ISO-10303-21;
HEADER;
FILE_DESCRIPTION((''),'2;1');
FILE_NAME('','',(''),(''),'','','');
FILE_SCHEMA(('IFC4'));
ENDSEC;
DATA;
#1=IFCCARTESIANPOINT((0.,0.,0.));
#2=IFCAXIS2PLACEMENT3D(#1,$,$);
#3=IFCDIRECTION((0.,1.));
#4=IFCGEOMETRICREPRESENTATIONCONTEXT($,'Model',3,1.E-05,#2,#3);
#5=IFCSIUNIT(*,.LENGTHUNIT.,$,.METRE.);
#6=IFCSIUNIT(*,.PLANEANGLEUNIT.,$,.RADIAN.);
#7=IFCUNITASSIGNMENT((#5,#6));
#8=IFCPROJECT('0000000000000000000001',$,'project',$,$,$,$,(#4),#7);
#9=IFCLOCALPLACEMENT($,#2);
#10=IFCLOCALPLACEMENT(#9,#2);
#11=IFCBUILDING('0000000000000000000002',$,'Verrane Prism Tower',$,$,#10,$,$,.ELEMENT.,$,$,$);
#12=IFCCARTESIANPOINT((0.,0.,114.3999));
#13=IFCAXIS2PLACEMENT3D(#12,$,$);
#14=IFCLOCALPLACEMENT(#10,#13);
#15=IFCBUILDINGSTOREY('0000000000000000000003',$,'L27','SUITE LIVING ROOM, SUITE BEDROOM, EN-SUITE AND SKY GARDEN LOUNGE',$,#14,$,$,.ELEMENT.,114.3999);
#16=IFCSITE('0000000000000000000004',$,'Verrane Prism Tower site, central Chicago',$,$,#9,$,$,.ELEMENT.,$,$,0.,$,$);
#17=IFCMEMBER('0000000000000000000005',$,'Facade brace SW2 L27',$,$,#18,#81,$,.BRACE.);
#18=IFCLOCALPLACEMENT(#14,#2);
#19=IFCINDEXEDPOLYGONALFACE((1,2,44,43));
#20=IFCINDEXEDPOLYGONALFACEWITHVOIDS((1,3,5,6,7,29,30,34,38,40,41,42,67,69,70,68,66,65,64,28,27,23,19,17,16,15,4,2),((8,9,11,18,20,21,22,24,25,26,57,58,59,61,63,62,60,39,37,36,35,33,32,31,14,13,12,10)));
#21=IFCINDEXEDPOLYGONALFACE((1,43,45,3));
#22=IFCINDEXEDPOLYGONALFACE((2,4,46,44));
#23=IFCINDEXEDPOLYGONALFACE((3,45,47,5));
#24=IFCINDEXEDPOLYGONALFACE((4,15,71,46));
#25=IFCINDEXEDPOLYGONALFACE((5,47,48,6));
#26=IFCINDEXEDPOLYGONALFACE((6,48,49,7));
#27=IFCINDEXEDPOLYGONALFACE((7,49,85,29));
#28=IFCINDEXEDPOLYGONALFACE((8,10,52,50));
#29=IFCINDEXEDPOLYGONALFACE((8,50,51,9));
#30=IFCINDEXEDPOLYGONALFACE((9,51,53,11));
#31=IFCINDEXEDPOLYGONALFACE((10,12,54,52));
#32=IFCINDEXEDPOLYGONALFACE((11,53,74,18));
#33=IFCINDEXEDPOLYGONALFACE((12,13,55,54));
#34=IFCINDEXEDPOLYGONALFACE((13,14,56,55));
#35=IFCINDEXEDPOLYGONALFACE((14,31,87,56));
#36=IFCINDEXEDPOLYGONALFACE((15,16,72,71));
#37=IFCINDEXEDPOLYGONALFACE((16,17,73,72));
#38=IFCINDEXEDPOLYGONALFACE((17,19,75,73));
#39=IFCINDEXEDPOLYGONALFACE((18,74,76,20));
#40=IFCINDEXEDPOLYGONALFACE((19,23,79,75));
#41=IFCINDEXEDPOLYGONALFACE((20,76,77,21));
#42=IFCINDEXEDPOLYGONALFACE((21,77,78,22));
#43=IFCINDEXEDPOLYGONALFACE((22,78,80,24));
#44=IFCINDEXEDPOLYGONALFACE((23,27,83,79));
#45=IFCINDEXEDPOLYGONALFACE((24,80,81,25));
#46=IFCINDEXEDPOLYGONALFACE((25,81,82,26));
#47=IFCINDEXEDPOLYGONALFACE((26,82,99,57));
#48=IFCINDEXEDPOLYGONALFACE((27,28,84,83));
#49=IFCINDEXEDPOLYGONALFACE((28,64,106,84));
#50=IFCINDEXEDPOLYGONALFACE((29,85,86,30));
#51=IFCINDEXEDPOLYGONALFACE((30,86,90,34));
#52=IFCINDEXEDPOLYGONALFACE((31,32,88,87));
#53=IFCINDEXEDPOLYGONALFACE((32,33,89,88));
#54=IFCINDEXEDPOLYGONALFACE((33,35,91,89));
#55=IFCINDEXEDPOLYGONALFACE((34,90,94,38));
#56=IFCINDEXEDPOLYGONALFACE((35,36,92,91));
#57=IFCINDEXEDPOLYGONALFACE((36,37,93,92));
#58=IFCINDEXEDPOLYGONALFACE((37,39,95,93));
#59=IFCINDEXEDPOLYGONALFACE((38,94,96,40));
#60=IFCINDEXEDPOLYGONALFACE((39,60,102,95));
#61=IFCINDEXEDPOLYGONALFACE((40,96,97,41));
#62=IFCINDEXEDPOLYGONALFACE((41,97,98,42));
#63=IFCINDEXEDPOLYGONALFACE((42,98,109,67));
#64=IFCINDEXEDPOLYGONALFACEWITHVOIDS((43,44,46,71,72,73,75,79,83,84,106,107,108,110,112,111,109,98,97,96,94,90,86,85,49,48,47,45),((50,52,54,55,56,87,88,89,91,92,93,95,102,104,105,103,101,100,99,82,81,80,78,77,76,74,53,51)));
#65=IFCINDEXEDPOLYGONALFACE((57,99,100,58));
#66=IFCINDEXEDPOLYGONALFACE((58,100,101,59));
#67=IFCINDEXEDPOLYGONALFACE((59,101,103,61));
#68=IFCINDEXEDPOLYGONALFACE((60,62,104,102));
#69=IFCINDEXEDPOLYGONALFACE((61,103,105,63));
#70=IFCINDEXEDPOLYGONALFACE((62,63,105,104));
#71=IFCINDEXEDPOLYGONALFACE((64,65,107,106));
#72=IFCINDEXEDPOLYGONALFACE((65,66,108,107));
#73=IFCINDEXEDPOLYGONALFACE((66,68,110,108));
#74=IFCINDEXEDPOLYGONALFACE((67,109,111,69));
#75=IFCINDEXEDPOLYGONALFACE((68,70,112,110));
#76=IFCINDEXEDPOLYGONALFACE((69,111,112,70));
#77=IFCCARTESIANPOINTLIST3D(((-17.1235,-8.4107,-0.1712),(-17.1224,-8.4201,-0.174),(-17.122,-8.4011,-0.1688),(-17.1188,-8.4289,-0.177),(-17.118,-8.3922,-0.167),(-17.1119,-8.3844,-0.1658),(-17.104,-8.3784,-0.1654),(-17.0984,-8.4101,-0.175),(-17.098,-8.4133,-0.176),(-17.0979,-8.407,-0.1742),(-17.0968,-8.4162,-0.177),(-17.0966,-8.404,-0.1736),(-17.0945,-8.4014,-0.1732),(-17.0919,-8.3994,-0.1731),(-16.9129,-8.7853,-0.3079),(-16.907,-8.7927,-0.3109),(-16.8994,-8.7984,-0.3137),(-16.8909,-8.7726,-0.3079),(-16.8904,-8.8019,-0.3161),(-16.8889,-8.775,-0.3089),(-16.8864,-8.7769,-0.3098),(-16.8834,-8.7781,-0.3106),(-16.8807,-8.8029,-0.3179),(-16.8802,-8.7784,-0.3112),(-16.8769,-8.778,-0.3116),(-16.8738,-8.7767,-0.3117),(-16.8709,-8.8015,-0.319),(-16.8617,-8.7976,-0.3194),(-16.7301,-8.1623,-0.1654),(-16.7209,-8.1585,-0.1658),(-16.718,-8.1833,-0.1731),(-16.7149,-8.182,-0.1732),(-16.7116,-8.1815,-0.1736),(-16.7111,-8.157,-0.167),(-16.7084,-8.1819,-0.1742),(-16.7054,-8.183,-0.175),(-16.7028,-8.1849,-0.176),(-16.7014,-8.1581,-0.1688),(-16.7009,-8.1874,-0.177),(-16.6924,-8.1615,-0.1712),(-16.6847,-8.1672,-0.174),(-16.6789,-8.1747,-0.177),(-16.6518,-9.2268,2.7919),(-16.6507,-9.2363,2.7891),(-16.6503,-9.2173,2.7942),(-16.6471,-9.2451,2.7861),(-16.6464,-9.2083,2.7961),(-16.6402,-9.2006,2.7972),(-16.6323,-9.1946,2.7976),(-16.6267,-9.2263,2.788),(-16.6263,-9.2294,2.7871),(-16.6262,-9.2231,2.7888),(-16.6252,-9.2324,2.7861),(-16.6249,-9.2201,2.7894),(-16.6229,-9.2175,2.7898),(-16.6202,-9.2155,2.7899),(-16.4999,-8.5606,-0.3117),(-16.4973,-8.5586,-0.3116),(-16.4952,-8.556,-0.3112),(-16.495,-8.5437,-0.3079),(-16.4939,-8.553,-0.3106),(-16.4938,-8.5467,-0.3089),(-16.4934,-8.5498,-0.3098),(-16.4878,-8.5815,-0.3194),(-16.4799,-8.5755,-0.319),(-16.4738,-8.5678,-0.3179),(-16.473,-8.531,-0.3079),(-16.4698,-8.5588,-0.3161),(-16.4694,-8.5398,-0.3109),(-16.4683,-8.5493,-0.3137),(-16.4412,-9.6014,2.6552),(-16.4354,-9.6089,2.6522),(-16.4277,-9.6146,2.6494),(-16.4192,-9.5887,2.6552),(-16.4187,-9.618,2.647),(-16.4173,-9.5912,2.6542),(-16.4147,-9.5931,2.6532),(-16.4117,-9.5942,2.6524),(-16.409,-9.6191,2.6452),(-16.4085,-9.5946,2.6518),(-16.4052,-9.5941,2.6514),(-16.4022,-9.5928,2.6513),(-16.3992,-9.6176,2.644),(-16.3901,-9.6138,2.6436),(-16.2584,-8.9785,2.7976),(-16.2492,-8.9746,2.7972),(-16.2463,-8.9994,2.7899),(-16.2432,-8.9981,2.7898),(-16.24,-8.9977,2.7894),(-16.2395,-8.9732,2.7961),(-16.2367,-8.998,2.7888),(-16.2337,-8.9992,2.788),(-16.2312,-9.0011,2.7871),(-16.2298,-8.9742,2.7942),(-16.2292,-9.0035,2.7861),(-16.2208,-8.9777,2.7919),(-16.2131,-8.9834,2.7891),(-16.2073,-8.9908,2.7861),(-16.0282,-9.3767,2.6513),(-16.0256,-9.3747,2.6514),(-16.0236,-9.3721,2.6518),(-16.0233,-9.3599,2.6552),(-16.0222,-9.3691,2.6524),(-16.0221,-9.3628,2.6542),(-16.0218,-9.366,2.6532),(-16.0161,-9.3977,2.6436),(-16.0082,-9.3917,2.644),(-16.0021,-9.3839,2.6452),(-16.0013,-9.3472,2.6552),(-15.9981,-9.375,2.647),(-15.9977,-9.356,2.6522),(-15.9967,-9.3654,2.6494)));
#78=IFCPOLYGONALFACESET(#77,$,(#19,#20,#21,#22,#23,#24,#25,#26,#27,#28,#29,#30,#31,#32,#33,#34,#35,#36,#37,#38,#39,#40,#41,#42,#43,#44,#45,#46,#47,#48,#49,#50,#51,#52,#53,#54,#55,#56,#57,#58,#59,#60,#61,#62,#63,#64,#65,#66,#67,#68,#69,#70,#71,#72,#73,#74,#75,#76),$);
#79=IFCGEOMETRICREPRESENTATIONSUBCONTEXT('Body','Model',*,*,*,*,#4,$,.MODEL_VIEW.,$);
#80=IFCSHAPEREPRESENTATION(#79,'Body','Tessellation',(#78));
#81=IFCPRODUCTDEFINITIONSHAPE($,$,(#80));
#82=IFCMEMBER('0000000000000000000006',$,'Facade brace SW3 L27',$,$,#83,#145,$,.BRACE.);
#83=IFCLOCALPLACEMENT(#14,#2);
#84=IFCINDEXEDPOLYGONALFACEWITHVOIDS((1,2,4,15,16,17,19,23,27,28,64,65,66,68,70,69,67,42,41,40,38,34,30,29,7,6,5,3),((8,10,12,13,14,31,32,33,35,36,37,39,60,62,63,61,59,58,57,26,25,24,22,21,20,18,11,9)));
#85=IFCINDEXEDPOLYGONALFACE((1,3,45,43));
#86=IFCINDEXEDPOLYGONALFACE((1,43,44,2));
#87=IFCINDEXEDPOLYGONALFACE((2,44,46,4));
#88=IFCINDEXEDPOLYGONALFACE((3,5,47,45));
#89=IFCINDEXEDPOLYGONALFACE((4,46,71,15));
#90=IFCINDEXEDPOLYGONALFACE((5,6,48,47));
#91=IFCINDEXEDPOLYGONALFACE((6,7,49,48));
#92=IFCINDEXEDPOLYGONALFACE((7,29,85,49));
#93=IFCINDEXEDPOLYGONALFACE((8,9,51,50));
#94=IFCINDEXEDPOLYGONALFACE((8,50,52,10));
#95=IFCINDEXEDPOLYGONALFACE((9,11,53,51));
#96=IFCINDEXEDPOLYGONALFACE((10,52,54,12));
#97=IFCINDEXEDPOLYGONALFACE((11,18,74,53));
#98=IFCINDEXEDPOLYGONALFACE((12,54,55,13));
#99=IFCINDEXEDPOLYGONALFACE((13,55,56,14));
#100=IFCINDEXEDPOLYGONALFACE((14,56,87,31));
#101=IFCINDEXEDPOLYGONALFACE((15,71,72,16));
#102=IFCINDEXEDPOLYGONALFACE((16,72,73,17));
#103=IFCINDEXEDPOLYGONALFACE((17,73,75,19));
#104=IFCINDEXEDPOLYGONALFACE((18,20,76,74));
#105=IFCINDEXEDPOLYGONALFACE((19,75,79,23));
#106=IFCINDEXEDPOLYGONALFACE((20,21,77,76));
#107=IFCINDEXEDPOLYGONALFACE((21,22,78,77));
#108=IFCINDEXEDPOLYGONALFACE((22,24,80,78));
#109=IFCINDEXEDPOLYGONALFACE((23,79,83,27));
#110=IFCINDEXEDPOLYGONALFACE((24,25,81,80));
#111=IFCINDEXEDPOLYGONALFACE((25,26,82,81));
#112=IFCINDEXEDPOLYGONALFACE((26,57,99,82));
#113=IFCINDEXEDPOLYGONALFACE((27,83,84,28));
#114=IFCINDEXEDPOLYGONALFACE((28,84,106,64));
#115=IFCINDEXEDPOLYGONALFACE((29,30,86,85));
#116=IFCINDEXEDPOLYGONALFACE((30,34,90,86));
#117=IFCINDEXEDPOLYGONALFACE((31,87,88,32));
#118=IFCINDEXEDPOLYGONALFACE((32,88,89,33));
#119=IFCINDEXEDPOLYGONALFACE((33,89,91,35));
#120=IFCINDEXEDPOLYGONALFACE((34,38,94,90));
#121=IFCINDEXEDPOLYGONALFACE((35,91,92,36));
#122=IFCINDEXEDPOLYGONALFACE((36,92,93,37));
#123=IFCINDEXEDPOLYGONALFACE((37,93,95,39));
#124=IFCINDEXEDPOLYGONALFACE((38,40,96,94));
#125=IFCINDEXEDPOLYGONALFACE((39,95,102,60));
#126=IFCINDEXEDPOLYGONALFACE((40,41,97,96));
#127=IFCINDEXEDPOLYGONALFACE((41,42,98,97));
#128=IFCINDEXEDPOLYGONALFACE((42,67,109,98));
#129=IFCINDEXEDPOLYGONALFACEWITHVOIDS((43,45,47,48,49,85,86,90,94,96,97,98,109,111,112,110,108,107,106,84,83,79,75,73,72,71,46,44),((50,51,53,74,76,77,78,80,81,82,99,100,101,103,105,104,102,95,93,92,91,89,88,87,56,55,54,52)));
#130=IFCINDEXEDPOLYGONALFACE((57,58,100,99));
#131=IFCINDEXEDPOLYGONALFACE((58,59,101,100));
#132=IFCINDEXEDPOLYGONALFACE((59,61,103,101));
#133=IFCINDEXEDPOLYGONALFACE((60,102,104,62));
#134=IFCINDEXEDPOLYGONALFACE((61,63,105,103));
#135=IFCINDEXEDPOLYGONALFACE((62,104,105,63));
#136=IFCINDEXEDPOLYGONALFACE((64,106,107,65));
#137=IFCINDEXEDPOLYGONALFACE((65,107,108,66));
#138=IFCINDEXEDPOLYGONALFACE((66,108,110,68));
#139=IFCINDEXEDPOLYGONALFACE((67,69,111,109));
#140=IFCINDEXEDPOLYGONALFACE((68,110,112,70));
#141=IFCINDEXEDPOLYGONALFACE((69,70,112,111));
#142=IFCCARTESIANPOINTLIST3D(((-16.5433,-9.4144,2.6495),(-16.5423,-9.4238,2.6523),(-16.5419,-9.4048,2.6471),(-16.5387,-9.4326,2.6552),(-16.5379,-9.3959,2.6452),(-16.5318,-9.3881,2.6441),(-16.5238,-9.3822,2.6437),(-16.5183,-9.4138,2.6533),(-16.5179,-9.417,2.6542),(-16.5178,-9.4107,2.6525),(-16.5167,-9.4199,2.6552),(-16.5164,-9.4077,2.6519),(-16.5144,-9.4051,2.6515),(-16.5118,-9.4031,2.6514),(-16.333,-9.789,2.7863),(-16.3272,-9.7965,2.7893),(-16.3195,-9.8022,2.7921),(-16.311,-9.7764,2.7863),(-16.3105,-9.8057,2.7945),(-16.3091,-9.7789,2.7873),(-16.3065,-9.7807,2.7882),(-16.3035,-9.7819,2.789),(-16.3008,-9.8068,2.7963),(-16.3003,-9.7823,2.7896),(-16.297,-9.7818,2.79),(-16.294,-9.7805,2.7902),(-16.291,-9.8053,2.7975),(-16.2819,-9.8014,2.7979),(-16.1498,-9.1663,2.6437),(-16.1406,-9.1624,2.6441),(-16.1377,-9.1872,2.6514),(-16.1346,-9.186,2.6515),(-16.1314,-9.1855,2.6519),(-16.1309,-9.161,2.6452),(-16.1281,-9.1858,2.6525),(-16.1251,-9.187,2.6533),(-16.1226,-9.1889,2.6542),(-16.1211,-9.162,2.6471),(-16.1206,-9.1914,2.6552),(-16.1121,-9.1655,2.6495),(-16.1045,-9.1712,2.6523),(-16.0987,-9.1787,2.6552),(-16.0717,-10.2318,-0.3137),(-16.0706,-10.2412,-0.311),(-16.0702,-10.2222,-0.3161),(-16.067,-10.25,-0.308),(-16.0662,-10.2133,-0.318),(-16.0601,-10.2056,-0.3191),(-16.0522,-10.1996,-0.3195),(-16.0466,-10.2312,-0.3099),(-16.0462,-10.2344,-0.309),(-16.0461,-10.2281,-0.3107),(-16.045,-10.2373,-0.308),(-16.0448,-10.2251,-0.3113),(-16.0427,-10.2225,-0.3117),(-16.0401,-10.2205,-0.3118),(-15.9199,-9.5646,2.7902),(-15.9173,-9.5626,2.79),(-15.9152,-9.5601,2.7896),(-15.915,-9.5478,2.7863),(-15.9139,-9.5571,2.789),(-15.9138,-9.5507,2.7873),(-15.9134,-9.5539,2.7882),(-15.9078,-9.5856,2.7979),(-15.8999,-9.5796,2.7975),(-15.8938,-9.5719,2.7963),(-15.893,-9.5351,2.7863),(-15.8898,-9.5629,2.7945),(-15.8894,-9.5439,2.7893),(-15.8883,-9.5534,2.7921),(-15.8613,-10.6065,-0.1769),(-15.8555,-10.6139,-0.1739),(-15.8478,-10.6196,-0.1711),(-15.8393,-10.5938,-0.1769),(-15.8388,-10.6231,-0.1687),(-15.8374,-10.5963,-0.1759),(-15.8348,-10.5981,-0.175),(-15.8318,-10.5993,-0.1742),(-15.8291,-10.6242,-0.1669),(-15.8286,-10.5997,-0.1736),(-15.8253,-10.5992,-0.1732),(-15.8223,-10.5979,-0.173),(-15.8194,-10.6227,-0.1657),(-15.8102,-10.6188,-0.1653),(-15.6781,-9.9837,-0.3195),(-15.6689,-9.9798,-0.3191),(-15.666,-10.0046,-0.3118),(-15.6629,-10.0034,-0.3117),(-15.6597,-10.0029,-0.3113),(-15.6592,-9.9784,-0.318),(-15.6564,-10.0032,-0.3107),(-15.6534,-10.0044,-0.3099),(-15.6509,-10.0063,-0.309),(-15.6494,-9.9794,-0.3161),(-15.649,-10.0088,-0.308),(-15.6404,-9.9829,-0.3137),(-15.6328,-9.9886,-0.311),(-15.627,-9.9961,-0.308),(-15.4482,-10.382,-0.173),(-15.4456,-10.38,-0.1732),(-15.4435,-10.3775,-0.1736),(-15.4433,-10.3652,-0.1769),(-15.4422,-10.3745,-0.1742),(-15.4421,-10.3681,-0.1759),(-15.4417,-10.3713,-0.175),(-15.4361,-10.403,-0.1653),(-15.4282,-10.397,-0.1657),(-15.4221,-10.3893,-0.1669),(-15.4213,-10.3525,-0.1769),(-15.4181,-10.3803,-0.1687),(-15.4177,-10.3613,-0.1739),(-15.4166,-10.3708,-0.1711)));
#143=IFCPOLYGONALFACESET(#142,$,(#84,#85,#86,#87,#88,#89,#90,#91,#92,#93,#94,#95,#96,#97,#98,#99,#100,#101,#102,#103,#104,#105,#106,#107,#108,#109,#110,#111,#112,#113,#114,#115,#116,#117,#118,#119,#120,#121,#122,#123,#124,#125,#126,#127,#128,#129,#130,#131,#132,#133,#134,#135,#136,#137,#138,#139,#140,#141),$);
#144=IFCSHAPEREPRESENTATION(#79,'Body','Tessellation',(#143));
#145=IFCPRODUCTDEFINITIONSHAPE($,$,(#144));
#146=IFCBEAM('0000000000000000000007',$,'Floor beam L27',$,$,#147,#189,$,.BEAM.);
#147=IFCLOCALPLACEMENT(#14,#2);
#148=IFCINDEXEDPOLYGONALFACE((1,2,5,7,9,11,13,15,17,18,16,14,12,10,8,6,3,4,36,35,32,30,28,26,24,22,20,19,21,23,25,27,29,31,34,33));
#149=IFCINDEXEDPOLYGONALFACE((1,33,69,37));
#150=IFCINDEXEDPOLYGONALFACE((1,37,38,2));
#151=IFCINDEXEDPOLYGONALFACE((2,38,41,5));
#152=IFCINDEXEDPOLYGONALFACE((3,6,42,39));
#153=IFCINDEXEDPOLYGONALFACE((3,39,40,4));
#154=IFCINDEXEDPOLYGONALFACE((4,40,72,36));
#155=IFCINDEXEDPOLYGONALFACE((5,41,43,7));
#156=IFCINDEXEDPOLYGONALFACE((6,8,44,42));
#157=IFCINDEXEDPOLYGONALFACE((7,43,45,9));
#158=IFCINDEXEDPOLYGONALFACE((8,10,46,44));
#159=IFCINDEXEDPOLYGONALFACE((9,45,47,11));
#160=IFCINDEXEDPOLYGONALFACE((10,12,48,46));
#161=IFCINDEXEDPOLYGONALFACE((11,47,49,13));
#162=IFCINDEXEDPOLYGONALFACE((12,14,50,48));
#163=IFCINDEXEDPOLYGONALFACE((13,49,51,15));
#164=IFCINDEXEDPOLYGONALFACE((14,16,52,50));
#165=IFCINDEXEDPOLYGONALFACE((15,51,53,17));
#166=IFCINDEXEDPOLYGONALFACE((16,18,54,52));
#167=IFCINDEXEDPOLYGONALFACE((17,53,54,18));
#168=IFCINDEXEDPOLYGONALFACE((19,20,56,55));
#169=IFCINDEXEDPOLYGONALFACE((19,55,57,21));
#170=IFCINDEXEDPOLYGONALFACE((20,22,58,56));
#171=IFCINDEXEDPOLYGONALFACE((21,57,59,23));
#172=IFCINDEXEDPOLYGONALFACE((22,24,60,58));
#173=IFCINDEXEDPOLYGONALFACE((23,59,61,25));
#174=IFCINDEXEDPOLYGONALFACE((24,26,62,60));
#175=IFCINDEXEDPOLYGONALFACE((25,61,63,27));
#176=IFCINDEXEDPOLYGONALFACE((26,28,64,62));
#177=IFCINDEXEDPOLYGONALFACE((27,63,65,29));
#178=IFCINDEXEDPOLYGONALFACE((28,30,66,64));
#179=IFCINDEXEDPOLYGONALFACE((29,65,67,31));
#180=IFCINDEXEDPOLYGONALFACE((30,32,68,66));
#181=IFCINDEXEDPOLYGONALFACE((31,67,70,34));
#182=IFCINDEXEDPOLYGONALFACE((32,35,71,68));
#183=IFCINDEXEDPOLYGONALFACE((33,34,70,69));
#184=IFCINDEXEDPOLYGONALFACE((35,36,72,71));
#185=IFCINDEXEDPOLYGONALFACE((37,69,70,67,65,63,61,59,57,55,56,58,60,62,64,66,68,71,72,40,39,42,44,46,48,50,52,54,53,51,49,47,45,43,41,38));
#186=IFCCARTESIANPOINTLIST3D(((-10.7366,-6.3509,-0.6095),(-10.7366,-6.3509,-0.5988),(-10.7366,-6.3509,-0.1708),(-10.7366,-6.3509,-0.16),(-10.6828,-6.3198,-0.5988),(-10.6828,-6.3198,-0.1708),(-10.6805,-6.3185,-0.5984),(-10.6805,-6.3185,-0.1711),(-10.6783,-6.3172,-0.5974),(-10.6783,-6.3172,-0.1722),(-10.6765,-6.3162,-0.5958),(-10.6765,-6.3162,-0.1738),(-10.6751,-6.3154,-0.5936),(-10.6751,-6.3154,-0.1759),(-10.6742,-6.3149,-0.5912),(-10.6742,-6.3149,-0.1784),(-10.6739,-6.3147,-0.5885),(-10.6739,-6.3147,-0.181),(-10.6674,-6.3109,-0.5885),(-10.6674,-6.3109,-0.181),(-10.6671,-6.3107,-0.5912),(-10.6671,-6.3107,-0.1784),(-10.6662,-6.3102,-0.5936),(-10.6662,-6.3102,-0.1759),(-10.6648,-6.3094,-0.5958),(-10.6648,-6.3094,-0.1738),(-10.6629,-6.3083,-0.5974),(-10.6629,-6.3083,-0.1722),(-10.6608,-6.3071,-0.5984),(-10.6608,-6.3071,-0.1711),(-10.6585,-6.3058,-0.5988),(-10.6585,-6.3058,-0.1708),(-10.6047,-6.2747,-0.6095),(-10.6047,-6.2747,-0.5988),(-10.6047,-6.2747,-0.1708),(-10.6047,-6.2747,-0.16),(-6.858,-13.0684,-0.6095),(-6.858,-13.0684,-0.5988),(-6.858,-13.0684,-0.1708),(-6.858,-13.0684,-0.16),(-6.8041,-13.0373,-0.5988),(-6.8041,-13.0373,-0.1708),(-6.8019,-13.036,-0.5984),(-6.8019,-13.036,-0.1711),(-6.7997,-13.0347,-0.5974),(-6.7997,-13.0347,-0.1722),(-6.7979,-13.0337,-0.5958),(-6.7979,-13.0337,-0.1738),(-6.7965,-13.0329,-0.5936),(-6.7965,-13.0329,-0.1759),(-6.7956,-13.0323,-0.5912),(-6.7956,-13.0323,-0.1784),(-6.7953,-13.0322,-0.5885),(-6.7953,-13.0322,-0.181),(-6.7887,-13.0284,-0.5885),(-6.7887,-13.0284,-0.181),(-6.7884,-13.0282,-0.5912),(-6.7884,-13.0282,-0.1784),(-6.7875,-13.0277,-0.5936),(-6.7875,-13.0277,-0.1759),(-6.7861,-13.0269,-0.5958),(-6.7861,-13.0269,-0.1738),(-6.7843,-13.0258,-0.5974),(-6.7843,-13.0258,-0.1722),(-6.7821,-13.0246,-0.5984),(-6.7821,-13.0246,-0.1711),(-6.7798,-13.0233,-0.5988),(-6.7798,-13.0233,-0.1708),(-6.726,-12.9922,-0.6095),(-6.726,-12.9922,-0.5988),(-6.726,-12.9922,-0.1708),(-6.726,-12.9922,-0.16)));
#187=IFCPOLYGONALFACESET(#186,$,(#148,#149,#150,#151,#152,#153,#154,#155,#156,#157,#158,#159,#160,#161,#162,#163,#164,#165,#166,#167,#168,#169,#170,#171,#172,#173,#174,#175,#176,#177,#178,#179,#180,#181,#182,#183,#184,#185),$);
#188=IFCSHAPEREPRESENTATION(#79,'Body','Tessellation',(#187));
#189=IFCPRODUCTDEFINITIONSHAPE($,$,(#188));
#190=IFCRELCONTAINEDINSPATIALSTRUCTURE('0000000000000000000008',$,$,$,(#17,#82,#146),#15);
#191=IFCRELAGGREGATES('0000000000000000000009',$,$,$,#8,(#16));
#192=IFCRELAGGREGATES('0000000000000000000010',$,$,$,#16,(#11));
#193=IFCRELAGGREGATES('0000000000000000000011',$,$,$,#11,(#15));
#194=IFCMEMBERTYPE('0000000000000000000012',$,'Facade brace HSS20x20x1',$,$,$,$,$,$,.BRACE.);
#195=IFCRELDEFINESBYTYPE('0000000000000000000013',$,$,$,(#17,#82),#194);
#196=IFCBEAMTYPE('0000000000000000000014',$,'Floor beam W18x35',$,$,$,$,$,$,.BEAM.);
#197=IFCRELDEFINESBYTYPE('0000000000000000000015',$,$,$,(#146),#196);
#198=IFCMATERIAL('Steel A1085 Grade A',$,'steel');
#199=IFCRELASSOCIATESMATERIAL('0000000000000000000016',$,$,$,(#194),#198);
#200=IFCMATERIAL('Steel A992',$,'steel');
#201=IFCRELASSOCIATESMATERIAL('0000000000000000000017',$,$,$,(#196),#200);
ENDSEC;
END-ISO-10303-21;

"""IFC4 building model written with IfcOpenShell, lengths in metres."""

from ifc_helpers import new_model, si_unit, direction, frame, origin, origin_2d, place, context, subcontext, project, spatial, hollow_rectangle, i_section, extrude, material, material_profile, profile_set, type_object, element, save


model = new_model("IFC4")

# Units and contexts
model_context = context("Model", 3, precision=1e-05, world=origin(), true_north=direction((0.0, 1.0)))
body_context = subcontext(model_context, "Body", "Model", "MODEL_VIEW")
ifc_project = project(units=[si_unit("LENGTHUNIT", "METRE"), si_unit("PLANEANGLEUNIT", "RADIAN")], contexts=[model_context])

# Site, building, storey
site_placement = place(None, origin())
site = spatial("IfcSite", under=ifc_project, at=site_placement, Name="Verrane Prism Tower site, central Chicago", CompositionType="ELEMENT", RefElevation=0.0)
building_placement = place(site_placement, origin())
building = spatial("IfcBuilding", under=site, at=building_placement, Name="Verrane Prism Tower", CompositionType="ELEMENT")
storey_placement = place(building_placement, frame((0.0, 0.0, 114.3999)))
storey = spatial("IfcBuildingStorey", under=building, at=storey_placement, Name="L27", Description="SUITE LIVING ROOM, SUITE BEDROOM, EN-SUITE AND SKY GARDEN LOUNGE", CompositionType="ELEMENT", Elevation=114.3999)

# Members
ifc_material_1 = material(Name="Steel A1085 Grade A", Category="steel")
ifc_material_profile_1 = material_profile(ifc_material_1, hollow_rectangle(XDim=0.5081, YDim=0.5081, WallThickness=0.0254, InnerFilletRadius=0.0127, OuterFilletRadius=0.0381, at=origin_2d()), Name="HSS20x20x1")
ifc_profile_set_1 = profile_set([ifc_material_profile_1], Name="Steel A1085 Grade A")
member_type_1 = type_object("IfcMemberType", Name="Facade brace HSS20x20x1", PredefinedType="BRACE", material=ifc_profile_set_1)
member_1_placement = place(storey_placement, frame((-16.7959, -8.48, -0.2424), z_axis=(0.151692, -0.262477, 0.952941), x_axis=(0.86581, 0.500373, 0.0)))
element("IfcMember", 1, at=member_1_placement, inside=storey, type_object=member_type_1, Name="Facade brace SW2 L27", PredefinedType="BRACE", context=body_context, shape_type="SweptSolid", body=[
    extrude(hollow_rectangle(XDim=0.5081, YDim=0.5081, WallThickness=0.0254, InnerFilletRadius=0.0127, OuterFilletRadius=0.0381, at=origin_2d()), origin(), (0.0, 0.0, 1.0), 3.1094),
])
member_2_placement = place(storey_placement, frame((-15.7441, -10.3013, -0.2424), z_axis=(-0.151676, 0.262842, 0.952842), x_axis=(-0.866134, -0.499812, 0.0)))
element("IfcMember", 2, at=member_2_placement, inside=storey, type_object=member_type_1, Name="Facade brace SW3 L27", PredefinedType="BRACE", context=body_context, shape_type="SweptSolid", body=[
    extrude(hollow_rectangle(XDim=0.5081, YDim=0.5081, WallThickness=0.0254, InnerFilletRadius=0.0127, OuterFilletRadius=0.0381, at=origin_2d()), origin(), (0.0, 0.0, 1.0), 3.1099),
])

# Beam
ifc_material_2 = material(Name="Steel A992", Category="steel")
ifc_material_profile_2 = material_profile(ifc_material_2, i_section(OverallWidth=0.1523, OverallDepth=0.4495, WebThickness=0.0076, FlangeThickness=0.0107, FilletRadius=0.0103, at=origin_2d()), Name="W18x35")
ifc_profile_set_2 = profile_set([ifc_material_profile_2], Name="Steel A992")
beam_type_1 = type_object("IfcBeamType", Name="Floor beam W18x35", PredefinedType="BEAM", material=ifc_profile_set_2)
for number, where, z_axis, x_axis, name in (
    (3, (-6.792, -13.0303, -0.3848), (-0.500028, 0.866009, 0.0), (-0.866009, -0.500028, 0.0), "Floor beam L27"),
):
    element("IfcBeam", number, at=place(storey_placement, frame(where, z_axis=z_axis, x_axis=x_axis)), inside=storey, type_object=beam_type_1, Name=name, PredefinedType="BEAM", context=body_context, shape_type="SweptSolid", body=[
        extrude(i_section(OverallWidth=0.1523, OverallDepth=0.4495, WebThickness=0.0076, FlangeThickness=0.0107, FilletRadius=0.0103, at=origin_2d()), origin(), (0.0, 0.0, 1.0), 7.7568),
    ])

save(model, "model.ifc")
